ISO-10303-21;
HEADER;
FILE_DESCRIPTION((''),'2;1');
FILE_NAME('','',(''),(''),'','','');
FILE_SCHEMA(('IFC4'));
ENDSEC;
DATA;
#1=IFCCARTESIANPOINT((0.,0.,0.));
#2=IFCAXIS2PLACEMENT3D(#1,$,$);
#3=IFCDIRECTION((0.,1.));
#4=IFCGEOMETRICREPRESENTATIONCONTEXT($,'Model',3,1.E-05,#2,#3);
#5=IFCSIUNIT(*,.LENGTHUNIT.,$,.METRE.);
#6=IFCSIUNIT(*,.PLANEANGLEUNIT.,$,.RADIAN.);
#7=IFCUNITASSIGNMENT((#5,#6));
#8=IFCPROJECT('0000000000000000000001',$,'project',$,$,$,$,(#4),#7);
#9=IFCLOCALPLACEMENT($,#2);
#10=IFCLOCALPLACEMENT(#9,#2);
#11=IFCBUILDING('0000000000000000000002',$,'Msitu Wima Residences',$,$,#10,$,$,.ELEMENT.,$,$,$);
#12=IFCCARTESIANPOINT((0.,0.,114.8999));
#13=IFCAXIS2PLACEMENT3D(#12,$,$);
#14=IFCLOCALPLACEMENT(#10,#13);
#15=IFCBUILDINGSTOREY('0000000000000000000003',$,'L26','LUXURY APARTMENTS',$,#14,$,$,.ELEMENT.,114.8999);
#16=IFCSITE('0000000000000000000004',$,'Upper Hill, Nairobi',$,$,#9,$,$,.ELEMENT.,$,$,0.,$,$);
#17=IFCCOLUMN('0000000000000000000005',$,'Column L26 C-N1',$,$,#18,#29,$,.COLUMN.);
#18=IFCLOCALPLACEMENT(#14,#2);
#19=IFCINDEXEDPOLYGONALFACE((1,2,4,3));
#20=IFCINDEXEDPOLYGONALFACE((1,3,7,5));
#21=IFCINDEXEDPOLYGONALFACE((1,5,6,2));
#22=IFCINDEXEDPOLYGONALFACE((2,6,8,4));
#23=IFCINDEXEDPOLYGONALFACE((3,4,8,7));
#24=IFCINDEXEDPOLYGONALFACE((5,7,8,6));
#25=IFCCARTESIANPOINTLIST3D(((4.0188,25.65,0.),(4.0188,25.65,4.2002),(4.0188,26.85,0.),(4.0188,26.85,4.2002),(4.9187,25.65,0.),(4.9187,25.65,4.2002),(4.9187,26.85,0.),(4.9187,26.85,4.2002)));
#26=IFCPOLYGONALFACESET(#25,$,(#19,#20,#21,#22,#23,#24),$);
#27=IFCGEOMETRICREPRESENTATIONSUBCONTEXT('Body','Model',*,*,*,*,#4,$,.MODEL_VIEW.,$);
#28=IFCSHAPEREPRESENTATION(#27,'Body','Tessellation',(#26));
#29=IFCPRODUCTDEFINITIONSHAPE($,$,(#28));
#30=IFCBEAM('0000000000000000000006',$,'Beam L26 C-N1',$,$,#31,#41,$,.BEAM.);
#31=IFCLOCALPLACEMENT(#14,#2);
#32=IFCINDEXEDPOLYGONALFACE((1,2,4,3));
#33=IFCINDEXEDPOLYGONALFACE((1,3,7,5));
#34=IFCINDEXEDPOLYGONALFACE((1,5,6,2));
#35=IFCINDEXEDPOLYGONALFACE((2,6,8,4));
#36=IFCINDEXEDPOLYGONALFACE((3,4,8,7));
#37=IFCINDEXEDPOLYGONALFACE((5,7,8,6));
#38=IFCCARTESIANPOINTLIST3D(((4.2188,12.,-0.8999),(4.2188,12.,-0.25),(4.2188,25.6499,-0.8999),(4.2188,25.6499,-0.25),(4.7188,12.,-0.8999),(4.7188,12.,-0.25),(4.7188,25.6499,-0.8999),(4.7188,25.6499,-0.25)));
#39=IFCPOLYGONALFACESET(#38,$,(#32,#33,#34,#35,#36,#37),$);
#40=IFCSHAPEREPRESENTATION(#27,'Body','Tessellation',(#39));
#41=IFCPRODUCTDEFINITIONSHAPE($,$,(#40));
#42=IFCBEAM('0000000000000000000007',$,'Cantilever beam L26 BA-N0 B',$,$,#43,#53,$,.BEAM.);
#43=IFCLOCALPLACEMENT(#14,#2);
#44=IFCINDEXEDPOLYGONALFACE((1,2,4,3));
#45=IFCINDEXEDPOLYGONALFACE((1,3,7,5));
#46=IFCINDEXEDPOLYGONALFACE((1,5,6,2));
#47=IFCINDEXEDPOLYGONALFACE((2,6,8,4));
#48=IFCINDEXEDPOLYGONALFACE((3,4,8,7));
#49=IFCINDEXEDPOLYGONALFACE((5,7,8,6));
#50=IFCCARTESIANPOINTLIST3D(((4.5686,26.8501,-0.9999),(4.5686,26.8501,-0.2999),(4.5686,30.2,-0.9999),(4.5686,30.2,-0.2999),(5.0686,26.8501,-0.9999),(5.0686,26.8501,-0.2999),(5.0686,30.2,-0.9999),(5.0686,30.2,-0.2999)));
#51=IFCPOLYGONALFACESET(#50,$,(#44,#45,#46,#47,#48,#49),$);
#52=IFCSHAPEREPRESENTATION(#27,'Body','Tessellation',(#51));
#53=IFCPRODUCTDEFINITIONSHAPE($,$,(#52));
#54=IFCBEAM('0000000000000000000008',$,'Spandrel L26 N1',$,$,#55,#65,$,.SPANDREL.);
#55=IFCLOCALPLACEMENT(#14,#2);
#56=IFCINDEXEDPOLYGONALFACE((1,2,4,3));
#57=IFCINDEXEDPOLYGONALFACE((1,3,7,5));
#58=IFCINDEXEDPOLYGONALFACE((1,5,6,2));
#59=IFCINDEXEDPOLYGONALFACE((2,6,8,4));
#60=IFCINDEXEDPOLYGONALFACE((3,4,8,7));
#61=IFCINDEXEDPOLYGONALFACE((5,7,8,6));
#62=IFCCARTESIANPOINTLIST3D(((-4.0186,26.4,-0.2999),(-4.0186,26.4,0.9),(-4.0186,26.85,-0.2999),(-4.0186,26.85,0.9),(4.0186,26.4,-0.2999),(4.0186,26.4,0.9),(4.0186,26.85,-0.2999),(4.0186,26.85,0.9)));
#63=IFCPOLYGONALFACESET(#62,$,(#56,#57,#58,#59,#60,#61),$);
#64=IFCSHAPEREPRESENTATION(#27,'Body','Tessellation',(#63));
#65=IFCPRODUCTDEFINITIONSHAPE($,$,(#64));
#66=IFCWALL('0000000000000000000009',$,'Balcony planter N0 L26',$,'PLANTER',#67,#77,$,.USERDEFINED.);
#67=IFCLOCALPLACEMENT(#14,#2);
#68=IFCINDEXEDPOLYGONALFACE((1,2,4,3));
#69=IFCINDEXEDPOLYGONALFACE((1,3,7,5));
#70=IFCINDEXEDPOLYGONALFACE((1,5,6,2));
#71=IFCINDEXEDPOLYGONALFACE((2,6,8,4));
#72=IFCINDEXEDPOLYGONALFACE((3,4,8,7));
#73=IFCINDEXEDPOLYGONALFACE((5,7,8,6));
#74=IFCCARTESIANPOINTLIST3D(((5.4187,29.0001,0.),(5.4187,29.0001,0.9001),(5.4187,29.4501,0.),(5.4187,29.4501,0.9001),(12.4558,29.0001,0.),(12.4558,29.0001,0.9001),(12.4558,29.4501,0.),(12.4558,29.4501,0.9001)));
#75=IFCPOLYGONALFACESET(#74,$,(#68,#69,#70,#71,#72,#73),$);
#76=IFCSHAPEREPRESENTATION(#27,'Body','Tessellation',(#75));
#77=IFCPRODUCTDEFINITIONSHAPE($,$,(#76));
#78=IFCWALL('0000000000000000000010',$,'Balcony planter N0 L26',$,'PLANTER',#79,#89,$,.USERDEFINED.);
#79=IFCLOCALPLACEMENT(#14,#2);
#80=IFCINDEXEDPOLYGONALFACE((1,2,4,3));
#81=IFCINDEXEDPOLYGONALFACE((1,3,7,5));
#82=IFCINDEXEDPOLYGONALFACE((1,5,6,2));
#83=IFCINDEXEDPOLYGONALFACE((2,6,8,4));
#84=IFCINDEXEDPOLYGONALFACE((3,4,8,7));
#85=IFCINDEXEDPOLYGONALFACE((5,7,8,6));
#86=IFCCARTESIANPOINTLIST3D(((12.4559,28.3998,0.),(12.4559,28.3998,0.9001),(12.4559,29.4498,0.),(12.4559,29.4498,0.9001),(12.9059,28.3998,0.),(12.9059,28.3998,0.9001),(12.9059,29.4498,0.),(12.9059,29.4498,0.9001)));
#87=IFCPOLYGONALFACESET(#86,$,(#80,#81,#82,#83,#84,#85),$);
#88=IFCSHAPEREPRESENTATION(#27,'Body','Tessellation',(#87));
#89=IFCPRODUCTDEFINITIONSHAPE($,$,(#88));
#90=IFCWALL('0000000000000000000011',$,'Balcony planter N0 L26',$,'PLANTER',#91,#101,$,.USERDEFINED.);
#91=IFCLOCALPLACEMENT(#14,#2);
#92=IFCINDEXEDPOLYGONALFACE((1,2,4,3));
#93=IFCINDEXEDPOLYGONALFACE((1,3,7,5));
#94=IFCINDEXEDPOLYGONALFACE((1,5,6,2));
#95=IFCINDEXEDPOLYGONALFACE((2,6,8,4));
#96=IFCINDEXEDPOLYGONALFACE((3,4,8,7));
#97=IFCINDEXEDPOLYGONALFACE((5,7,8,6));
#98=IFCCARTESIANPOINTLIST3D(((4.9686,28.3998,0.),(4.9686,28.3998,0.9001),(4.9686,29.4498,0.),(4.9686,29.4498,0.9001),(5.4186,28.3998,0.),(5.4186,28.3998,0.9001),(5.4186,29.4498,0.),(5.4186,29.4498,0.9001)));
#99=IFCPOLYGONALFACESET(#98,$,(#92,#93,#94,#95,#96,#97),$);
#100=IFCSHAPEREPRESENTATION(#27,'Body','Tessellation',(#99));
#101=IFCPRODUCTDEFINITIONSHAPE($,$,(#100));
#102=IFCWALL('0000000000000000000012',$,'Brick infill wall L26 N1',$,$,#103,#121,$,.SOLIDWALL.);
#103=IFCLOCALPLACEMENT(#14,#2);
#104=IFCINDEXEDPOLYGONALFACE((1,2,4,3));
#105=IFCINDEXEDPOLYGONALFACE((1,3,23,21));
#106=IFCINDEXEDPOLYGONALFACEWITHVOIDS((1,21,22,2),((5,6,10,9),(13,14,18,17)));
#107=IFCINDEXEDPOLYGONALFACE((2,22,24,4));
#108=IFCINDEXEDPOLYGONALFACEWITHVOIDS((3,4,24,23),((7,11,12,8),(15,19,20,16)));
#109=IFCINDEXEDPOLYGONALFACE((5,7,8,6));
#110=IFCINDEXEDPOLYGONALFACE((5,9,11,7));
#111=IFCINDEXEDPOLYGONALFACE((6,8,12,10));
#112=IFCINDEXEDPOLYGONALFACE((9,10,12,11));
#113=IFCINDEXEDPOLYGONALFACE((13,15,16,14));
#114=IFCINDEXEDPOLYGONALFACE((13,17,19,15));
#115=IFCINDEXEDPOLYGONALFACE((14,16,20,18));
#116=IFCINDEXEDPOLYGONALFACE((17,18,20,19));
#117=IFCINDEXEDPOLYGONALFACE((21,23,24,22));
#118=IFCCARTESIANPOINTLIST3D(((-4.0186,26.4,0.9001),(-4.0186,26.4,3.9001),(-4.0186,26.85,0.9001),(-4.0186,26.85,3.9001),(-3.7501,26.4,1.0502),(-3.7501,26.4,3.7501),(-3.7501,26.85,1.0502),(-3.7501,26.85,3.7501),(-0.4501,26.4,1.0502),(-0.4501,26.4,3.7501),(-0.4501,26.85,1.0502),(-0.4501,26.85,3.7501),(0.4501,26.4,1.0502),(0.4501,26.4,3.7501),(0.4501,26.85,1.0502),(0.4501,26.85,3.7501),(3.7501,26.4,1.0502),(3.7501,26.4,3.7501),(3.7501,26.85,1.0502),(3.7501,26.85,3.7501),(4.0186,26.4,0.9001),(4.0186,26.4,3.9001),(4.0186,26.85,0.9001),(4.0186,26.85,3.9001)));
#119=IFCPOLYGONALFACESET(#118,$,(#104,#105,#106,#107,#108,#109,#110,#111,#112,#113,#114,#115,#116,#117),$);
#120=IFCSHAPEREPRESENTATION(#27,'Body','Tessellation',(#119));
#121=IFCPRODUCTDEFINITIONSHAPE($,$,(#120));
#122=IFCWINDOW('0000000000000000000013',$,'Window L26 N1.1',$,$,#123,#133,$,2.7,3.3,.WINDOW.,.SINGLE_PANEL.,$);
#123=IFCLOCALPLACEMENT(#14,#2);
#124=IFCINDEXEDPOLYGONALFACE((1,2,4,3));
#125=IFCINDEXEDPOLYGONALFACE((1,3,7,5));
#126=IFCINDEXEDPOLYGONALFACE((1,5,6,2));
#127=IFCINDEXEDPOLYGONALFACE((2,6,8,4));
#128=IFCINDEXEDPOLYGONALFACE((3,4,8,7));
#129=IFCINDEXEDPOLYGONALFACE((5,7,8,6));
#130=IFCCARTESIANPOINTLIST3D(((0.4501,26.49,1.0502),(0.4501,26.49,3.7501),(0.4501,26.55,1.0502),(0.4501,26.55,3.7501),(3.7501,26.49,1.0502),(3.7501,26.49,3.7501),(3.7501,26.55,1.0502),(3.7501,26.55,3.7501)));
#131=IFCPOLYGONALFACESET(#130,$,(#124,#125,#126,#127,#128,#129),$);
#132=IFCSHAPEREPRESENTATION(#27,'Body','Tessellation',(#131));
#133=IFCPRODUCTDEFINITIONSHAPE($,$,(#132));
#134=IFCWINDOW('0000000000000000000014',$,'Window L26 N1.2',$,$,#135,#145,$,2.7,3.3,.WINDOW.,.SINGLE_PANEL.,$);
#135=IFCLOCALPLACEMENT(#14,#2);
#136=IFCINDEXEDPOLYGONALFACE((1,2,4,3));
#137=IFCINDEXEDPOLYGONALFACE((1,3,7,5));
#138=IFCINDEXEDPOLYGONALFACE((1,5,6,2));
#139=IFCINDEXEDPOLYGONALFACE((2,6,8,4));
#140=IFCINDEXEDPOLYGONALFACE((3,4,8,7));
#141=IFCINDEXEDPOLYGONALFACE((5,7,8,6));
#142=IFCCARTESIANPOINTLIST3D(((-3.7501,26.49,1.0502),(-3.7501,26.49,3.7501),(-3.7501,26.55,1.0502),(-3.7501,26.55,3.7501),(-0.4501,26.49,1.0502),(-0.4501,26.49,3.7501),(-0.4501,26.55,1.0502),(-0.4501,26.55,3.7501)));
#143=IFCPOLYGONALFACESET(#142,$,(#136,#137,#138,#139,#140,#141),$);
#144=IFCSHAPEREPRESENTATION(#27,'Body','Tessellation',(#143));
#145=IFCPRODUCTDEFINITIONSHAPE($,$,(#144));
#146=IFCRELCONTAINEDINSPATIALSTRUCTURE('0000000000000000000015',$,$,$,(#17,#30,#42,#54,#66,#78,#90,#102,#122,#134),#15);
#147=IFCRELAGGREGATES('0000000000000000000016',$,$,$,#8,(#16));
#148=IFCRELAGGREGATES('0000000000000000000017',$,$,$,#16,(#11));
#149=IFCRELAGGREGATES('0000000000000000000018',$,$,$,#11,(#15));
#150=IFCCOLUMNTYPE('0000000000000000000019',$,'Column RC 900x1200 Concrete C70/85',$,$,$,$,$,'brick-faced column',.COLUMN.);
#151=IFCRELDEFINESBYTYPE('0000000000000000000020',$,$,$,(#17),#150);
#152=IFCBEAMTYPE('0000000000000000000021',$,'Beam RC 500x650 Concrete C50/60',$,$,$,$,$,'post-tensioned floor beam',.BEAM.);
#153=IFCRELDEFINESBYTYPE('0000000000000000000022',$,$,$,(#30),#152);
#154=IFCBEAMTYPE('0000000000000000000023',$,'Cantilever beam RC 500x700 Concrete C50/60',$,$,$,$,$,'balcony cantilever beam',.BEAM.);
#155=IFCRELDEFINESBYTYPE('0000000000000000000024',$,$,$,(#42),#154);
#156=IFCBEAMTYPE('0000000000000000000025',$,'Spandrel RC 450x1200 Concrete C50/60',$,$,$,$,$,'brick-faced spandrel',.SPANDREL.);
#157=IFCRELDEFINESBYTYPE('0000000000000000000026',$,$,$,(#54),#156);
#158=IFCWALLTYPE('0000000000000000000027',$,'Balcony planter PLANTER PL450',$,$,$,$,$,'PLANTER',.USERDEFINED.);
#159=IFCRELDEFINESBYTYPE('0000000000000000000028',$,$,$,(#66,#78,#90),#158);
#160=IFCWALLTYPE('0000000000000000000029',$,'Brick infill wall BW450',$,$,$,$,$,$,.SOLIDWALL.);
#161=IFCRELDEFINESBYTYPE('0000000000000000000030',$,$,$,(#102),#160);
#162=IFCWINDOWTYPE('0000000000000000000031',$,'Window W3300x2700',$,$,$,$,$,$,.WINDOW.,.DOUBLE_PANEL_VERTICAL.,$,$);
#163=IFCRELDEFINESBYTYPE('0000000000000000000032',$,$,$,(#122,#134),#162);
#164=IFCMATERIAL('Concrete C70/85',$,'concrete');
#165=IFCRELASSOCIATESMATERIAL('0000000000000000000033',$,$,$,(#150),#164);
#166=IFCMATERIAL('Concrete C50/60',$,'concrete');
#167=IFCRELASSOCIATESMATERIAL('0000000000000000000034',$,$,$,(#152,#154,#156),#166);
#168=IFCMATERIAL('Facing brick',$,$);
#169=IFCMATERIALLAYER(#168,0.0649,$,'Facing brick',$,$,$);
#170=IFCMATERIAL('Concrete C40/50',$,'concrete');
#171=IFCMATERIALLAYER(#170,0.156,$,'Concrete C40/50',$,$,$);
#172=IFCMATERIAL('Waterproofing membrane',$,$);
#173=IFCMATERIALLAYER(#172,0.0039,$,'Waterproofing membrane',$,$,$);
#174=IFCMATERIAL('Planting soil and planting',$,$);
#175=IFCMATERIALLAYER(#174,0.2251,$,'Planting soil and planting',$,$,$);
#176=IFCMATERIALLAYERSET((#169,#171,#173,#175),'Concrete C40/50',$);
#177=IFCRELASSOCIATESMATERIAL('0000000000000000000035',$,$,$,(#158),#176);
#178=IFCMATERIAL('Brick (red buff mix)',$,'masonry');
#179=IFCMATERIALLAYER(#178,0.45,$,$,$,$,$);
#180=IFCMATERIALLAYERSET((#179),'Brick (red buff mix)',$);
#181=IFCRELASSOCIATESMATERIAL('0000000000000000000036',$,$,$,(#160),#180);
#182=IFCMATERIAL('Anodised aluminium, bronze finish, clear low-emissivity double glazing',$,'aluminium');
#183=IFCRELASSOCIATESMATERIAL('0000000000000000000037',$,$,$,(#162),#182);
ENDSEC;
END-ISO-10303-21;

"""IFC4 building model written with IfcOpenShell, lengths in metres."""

from ifc_helpers import new_model, si_unit, direction, frame, frame_2d, origin, origin_2d, place, context, subcontext, project, spatial, rectangle, extrude, material, layer, layer_set, material_profile, profile_set, type_object, element, fill, save


model = new_model("IFC4")

# Units and contexts
model_context = context("Model", 3, precision=1e-05, world=origin(), true_north=direction((0.0, 1.0)))
body_context = subcontext(model_context, "Body", "Model", "MODEL_VIEW")
ifc_project = project(units=[si_unit("LENGTHUNIT", "METRE"), si_unit("PLANEANGLEUNIT", "RADIAN")], contexts=[model_context])

# Site, building, storey
site_placement = place(None, origin())
site = spatial("IfcSite", under=ifc_project, at=site_placement, Name="Upper Hill, Nairobi", CompositionType="ELEMENT", RefElevation=0.0)
building_placement = place(site_placement, origin())
building = spatial("IfcBuilding", under=site, at=building_placement, Name="Msitu Wima Residences", CompositionType="ELEMENT")
storey_placement = place(building_placement, frame((0.0, 0.0, 114.8999)))
storey = spatial("IfcBuildingStorey", under=building, at=storey_placement, Name="L26", Description="LUXURY APARTMENTS", CompositionType="ELEMENT", Elevation=114.8999)

# Column
ifc_material_1 = material(Name="Concrete C70/85", Category="concrete")
ifc_material_profile_1 = material_profile(ifc_material_1, rectangle(XDim=0.8999, YDim=1.2, at=origin_2d()), Name="RC 900x1200")
ifc_profile_set_1 = profile_set([ifc_material_profile_1], Name="Concrete C70/85")
column_type = type_object("IfcColumnType", Name="Column RC 900x1200 Concrete C70/85", ElementType="brick-faced column", PredefinedType="COLUMN", material=ifc_profile_set_1)
column_placement = place(storey_placement, frame((4.4688, 26.25, 0.0), z_axis=(0.0, 0.0, 1.0), x_axis=(-1.0, 0.0, 0.0)))
element("IfcColumn", 1, at=column_placement, inside=storey, type_object=column_type, Name="Column L26 C-N1", PredefinedType="COLUMN", context=body_context, shape_type="SweptSolid", body=[
    extrude(rectangle(XDim=0.8999, YDim=1.2, at=origin_2d()), origin(), (0.0, 0.0, 1.0), 4.2002),
])

# Beams
ifc_material_2 = material(Name="Concrete C50/60", Category="concrete")
ifc_material_profile_2 = material_profile(ifc_material_2, rectangle(XDim=0.5, YDim=0.6499, at=origin_2d()), Name="RC 500x650")
ifc_profile_set_2 = profile_set([ifc_material_profile_2], Name="Concrete C50/60")
beam_type_1 = type_object("IfcBeamType", Name="Beam RC 500x650 Concrete C50/60", ElementType="post-tensioned floor beam", PredefinedType="BEAM", material=ifc_profile_set_2)
beam_1_placement = place(storey_placement, frame((4.4688, 25.6499, -0.575), z_axis=(0.0, -1.0, 0.0), x_axis=(1.0, 0.0, 0.0)))
element("IfcBeam", 2, at=beam_1_placement, inside=storey, type_object=beam_type_1, Name="Beam L26 C-N1", PredefinedType="BEAM", context=body_context, shape_type="SweptSolid", body=[
    extrude(rectangle(XDim=0.5, YDim=0.6499, at=origin_2d()), origin(), (0.0, 0.0, 1.0), 13.6499),
])
ifc_material_profile_3 = material_profile(ifc_material_2, rectangle(XDim=0.5, YDim=0.7, at=origin_2d()), Name="RC 500x700")
ifc_profile_set_3 = profile_set([ifc_material_profile_3], Name="Concrete C50/60")
beam_type_2 = type_object("IfcBeamType", Name="Cantilever beam RC 500x700 Concrete C50/60", ElementType="balcony cantilever beam", PredefinedType="BEAM", material=ifc_profile_set_3)
beam_2_placement = place(storey_placement, frame((4.8186, 26.8501, -0.6499), z_axis=(0.0, 1.0, 0.0), x_axis=(-1.0, 0.0, 0.0)))
element("IfcBeam", 3, at=beam_2_placement, inside=storey, type_object=beam_type_2, Name="Cantilever beam L26 BA-N0 B", PredefinedType="BEAM", context=body_context, shape_type="SweptSolid", body=[
    extrude(rectangle(XDim=0.5, YDim=0.7, at=origin_2d()), origin(), (0.0, 0.0, 1.0), 3.3499),
])
ifc_material_profile_4 = material_profile(ifc_material_2, rectangle(XDim=0.45, YDim=1.2, at=origin_2d()), Name="RC 450x1200")
ifc_profile_set_4 = profile_set([ifc_material_profile_4], Name="Concrete C50/60")
beam_type_3 = type_object("IfcBeamType", Name="Spandrel RC 450x1200 Concrete C50/60", ElementType="brick-faced spandrel", PredefinedType="SPANDREL", material=ifc_profile_set_4)
beam_3_placement = place(storey_placement, frame((4.0186, 26.625, 0.3), z_axis=(-1.0, 0.0, 0.0), x_axis=(0.0, -1.0, 0.0)))
element("IfcBeam", 4, at=beam_3_placement, inside=storey, type_object=beam_type_3, Name="Spandrel L26 N1", PredefinedType="SPANDREL", context=body_context, shape_type="SweptSolid", body=[
    extrude(rectangle(XDim=0.45, YDim=1.2, at=origin_2d()), origin(), (0.0, 0.0, 1.0), 8.0371),
])

# Walls
ifc_material_3 = material(Name="Facing brick")
ifc_layer_1 = layer(ifc_material_3, 0.0649, Name="Facing brick")
ifc_material_4 = material(Name="Concrete C40/50", Category="concrete")
ifc_layer_2 = layer(ifc_material_4, 0.156, Name="Concrete C40/50")
ifc_material_5 = material(Name="Waterproofing membrane")
ifc_layer_3 = layer(ifc_material_5, 0.0039, Name="Waterproofing membrane")
ifc_material_6 = material(Name="Planting soil and planting")
ifc_layer_4 = layer(ifc_material_6, 0.2251, Name="Planting soil and planting")
ifc_layer_set_1 = layer_set([ifc_layer_1, ifc_layer_2, ifc_layer_3, ifc_layer_4], Name="Concrete C40/50")
wall_type_1 = type_object("IfcWallType", Name="Balcony planter PLANTER PL450", ElementType="PLANTER", PredefinedType="USERDEFINED", material=ifc_layer_set_1)
wall_1_placement = place(storey_placement, frame((12.4558, 29.2251, 0.0), z_axis=(0.0, 0.0, 1.0), x_axis=(-1.0, 0.0, 0.0)))
element("IfcWall", 5, at=wall_1_placement, inside=storey, type_object=wall_type_1, Name="Balcony planter N0 L26", ObjectType="PLANTER", PredefinedType="USERDEFINED", context=body_context, shape_type="SweptSolid", body=[
    extrude(rectangle(XDim=7.0371, YDim=0.45, at=frame_2d((3.5186, 0.0))), origin(), (0.0, 0.0, 1.0), 0.9001),
])
for number, where, z_axis, x_axis, name in (
    (6, (12.6809, 28.3999, 0.0), (0.0, 0.0, 1.0), (0.0, 1.0, 0.0), "Balcony planter N0 L26"),
    (7, (5.1936, 28.3999, 0.0), (0.0, 0.0, 1.0), (0.0, 1.0, 0.0), "Balcony planter N0 L26"),
):
    element("IfcWall", number, at=place(storey_placement, frame(where, z_axis=z_axis, x_axis=x_axis)), inside=storey, type_object=wall_type_1, Name=name, ObjectType="PLANTER", PredefinedType="USERDEFINED", context=body_context, shape_type="SweptSolid", body=[
        extrude(rectangle(XDim=1.05, YDim=0.45, at=frame_2d((0.5249, 0.0))), origin(), (0.0, 0.0, 1.0), 0.9001),
    ])

# Wall, openings, windows
ifc_material_7 = material(Name="Brick (red buff mix)", Category="masonry")
ifc_layer_5 = layer(ifc_material_7, 0.45)
ifc_layer_set_2 = layer_set([ifc_layer_5], Name="Brick (red buff mix)")
wall_type_2 = type_object("IfcWallType", Name="Brick infill wall BW450", PredefinedType="SOLIDWALL", material=ifc_layer_set_2)
wall_2_placement = place(storey_placement, frame((4.0186, 26.625, 0.9001), z_axis=(0.0, 0.0, 1.0), x_axis=(-1.0, 0.0, 0.0)))
wall_2 = element("IfcWall", 8, at=wall_2_placement, inside=storey, type_object=wall_type_2, Name="Brick infill wall L26 N1", PredefinedType="SOLIDWALL", context=body_context, shape_type="SweptSolid", body=[
    extrude(rectangle(XDim=8.0371, YDim=0.45, at=frame_2d((4.0186, 0.0))), origin(), (0.0, 0.0, 1.0), 3.0),
])
opening_1_placement = place(wall_2_placement, frame((0.2686, 0.0, 0.1499)))
opening_1 = element("IfcOpeningElement", 9, at=opening_1_placement, cuts=wall_2, PredefinedType="OPENING", context=body_context, shape_type="SweptSolid", body=[
    extrude(rectangle(XDim=3.3, YDim=2.7, at=frame_2d((1.6499, 1.3501))), frame((0.0, 0.2349, 0.0), z_axis=(0.0, -1.0, 0.0), x_axis=(1.0, 0.0, 0.0)), (0.0, 0.0, 1.0), 0.47),
])
opening_2_placement = place(wall_2_placement, frame((4.4688, 0.0, 0.1499)))
opening_2 = element("IfcOpeningElement", 10, at=opening_2_placement, cuts=wall_2, PredefinedType="OPENING", context=body_context, shape_type="SweptSolid", body=[
    extrude(rectangle(XDim=3.3, YDim=2.7, at=frame_2d((1.6499, 1.3501))), frame((0.0, 0.2349, 0.0), z_axis=(0.0, -1.0, 0.0), x_axis=(1.0, 0.0, 0.0)), (0.0, 0.0, 1.0), 0.47),
])
ifc_material_8 = material(Name="Anodised aluminium, bronze finish, clear low-emissivity double glazing", Category="aluminium")
window_type = type_object("IfcWindowType", Name="Window W3300x2700", PartitioningType="DOUBLE_PANEL_VERTICAL", PredefinedType="WINDOW", material=ifc_material_8)
window_1_placement = place(opening_1_placement, origin())
window_1 = element("IfcWindow", 11, at=window_1_placement, inside=storey, type_object=window_type, Name="Window L26 N1.1", OverallHeight=2.7, OverallWidth=3.3, PartitioningType="SINGLE_PANEL", PredefinedType="WINDOW", context=body_context, shape_type="SweptSolid", body=[
    extrude(rectangle(XDim=3.3, YDim=2.7, at=frame_2d((1.6499, 1.3501))), frame((0.0, 0.135, 0.0), z_axis=(0.0, -1.0, 0.0), x_axis=(1.0, 0.0, 0.0)), (0.0, 0.0, 1.0), 0.0601),
])
fill(opening_1, window_1)
window_2_placement = place(opening_2_placement, origin())
window_2 = element("IfcWindow", 12, at=window_2_placement, inside=storey, type_object=window_type, Name="Window L26 N1.2", OverallHeight=2.7, OverallWidth=3.3, PartitioningType="SINGLE_PANEL", PredefinedType="WINDOW", context=body_context, shape_type="SweptSolid", body=[
    extrude(rectangle(XDim=3.3, YDim=2.7, at=frame_2d((1.6499, 1.3501))), frame((0.0, 0.135, 0.0), z_axis=(0.0, -1.0, 0.0), x_axis=(1.0, 0.0, 0.0)), (0.0, 0.0, 1.0), 0.0601),
])
fill(opening_2, window_2)

save(model, "model.ifc")
